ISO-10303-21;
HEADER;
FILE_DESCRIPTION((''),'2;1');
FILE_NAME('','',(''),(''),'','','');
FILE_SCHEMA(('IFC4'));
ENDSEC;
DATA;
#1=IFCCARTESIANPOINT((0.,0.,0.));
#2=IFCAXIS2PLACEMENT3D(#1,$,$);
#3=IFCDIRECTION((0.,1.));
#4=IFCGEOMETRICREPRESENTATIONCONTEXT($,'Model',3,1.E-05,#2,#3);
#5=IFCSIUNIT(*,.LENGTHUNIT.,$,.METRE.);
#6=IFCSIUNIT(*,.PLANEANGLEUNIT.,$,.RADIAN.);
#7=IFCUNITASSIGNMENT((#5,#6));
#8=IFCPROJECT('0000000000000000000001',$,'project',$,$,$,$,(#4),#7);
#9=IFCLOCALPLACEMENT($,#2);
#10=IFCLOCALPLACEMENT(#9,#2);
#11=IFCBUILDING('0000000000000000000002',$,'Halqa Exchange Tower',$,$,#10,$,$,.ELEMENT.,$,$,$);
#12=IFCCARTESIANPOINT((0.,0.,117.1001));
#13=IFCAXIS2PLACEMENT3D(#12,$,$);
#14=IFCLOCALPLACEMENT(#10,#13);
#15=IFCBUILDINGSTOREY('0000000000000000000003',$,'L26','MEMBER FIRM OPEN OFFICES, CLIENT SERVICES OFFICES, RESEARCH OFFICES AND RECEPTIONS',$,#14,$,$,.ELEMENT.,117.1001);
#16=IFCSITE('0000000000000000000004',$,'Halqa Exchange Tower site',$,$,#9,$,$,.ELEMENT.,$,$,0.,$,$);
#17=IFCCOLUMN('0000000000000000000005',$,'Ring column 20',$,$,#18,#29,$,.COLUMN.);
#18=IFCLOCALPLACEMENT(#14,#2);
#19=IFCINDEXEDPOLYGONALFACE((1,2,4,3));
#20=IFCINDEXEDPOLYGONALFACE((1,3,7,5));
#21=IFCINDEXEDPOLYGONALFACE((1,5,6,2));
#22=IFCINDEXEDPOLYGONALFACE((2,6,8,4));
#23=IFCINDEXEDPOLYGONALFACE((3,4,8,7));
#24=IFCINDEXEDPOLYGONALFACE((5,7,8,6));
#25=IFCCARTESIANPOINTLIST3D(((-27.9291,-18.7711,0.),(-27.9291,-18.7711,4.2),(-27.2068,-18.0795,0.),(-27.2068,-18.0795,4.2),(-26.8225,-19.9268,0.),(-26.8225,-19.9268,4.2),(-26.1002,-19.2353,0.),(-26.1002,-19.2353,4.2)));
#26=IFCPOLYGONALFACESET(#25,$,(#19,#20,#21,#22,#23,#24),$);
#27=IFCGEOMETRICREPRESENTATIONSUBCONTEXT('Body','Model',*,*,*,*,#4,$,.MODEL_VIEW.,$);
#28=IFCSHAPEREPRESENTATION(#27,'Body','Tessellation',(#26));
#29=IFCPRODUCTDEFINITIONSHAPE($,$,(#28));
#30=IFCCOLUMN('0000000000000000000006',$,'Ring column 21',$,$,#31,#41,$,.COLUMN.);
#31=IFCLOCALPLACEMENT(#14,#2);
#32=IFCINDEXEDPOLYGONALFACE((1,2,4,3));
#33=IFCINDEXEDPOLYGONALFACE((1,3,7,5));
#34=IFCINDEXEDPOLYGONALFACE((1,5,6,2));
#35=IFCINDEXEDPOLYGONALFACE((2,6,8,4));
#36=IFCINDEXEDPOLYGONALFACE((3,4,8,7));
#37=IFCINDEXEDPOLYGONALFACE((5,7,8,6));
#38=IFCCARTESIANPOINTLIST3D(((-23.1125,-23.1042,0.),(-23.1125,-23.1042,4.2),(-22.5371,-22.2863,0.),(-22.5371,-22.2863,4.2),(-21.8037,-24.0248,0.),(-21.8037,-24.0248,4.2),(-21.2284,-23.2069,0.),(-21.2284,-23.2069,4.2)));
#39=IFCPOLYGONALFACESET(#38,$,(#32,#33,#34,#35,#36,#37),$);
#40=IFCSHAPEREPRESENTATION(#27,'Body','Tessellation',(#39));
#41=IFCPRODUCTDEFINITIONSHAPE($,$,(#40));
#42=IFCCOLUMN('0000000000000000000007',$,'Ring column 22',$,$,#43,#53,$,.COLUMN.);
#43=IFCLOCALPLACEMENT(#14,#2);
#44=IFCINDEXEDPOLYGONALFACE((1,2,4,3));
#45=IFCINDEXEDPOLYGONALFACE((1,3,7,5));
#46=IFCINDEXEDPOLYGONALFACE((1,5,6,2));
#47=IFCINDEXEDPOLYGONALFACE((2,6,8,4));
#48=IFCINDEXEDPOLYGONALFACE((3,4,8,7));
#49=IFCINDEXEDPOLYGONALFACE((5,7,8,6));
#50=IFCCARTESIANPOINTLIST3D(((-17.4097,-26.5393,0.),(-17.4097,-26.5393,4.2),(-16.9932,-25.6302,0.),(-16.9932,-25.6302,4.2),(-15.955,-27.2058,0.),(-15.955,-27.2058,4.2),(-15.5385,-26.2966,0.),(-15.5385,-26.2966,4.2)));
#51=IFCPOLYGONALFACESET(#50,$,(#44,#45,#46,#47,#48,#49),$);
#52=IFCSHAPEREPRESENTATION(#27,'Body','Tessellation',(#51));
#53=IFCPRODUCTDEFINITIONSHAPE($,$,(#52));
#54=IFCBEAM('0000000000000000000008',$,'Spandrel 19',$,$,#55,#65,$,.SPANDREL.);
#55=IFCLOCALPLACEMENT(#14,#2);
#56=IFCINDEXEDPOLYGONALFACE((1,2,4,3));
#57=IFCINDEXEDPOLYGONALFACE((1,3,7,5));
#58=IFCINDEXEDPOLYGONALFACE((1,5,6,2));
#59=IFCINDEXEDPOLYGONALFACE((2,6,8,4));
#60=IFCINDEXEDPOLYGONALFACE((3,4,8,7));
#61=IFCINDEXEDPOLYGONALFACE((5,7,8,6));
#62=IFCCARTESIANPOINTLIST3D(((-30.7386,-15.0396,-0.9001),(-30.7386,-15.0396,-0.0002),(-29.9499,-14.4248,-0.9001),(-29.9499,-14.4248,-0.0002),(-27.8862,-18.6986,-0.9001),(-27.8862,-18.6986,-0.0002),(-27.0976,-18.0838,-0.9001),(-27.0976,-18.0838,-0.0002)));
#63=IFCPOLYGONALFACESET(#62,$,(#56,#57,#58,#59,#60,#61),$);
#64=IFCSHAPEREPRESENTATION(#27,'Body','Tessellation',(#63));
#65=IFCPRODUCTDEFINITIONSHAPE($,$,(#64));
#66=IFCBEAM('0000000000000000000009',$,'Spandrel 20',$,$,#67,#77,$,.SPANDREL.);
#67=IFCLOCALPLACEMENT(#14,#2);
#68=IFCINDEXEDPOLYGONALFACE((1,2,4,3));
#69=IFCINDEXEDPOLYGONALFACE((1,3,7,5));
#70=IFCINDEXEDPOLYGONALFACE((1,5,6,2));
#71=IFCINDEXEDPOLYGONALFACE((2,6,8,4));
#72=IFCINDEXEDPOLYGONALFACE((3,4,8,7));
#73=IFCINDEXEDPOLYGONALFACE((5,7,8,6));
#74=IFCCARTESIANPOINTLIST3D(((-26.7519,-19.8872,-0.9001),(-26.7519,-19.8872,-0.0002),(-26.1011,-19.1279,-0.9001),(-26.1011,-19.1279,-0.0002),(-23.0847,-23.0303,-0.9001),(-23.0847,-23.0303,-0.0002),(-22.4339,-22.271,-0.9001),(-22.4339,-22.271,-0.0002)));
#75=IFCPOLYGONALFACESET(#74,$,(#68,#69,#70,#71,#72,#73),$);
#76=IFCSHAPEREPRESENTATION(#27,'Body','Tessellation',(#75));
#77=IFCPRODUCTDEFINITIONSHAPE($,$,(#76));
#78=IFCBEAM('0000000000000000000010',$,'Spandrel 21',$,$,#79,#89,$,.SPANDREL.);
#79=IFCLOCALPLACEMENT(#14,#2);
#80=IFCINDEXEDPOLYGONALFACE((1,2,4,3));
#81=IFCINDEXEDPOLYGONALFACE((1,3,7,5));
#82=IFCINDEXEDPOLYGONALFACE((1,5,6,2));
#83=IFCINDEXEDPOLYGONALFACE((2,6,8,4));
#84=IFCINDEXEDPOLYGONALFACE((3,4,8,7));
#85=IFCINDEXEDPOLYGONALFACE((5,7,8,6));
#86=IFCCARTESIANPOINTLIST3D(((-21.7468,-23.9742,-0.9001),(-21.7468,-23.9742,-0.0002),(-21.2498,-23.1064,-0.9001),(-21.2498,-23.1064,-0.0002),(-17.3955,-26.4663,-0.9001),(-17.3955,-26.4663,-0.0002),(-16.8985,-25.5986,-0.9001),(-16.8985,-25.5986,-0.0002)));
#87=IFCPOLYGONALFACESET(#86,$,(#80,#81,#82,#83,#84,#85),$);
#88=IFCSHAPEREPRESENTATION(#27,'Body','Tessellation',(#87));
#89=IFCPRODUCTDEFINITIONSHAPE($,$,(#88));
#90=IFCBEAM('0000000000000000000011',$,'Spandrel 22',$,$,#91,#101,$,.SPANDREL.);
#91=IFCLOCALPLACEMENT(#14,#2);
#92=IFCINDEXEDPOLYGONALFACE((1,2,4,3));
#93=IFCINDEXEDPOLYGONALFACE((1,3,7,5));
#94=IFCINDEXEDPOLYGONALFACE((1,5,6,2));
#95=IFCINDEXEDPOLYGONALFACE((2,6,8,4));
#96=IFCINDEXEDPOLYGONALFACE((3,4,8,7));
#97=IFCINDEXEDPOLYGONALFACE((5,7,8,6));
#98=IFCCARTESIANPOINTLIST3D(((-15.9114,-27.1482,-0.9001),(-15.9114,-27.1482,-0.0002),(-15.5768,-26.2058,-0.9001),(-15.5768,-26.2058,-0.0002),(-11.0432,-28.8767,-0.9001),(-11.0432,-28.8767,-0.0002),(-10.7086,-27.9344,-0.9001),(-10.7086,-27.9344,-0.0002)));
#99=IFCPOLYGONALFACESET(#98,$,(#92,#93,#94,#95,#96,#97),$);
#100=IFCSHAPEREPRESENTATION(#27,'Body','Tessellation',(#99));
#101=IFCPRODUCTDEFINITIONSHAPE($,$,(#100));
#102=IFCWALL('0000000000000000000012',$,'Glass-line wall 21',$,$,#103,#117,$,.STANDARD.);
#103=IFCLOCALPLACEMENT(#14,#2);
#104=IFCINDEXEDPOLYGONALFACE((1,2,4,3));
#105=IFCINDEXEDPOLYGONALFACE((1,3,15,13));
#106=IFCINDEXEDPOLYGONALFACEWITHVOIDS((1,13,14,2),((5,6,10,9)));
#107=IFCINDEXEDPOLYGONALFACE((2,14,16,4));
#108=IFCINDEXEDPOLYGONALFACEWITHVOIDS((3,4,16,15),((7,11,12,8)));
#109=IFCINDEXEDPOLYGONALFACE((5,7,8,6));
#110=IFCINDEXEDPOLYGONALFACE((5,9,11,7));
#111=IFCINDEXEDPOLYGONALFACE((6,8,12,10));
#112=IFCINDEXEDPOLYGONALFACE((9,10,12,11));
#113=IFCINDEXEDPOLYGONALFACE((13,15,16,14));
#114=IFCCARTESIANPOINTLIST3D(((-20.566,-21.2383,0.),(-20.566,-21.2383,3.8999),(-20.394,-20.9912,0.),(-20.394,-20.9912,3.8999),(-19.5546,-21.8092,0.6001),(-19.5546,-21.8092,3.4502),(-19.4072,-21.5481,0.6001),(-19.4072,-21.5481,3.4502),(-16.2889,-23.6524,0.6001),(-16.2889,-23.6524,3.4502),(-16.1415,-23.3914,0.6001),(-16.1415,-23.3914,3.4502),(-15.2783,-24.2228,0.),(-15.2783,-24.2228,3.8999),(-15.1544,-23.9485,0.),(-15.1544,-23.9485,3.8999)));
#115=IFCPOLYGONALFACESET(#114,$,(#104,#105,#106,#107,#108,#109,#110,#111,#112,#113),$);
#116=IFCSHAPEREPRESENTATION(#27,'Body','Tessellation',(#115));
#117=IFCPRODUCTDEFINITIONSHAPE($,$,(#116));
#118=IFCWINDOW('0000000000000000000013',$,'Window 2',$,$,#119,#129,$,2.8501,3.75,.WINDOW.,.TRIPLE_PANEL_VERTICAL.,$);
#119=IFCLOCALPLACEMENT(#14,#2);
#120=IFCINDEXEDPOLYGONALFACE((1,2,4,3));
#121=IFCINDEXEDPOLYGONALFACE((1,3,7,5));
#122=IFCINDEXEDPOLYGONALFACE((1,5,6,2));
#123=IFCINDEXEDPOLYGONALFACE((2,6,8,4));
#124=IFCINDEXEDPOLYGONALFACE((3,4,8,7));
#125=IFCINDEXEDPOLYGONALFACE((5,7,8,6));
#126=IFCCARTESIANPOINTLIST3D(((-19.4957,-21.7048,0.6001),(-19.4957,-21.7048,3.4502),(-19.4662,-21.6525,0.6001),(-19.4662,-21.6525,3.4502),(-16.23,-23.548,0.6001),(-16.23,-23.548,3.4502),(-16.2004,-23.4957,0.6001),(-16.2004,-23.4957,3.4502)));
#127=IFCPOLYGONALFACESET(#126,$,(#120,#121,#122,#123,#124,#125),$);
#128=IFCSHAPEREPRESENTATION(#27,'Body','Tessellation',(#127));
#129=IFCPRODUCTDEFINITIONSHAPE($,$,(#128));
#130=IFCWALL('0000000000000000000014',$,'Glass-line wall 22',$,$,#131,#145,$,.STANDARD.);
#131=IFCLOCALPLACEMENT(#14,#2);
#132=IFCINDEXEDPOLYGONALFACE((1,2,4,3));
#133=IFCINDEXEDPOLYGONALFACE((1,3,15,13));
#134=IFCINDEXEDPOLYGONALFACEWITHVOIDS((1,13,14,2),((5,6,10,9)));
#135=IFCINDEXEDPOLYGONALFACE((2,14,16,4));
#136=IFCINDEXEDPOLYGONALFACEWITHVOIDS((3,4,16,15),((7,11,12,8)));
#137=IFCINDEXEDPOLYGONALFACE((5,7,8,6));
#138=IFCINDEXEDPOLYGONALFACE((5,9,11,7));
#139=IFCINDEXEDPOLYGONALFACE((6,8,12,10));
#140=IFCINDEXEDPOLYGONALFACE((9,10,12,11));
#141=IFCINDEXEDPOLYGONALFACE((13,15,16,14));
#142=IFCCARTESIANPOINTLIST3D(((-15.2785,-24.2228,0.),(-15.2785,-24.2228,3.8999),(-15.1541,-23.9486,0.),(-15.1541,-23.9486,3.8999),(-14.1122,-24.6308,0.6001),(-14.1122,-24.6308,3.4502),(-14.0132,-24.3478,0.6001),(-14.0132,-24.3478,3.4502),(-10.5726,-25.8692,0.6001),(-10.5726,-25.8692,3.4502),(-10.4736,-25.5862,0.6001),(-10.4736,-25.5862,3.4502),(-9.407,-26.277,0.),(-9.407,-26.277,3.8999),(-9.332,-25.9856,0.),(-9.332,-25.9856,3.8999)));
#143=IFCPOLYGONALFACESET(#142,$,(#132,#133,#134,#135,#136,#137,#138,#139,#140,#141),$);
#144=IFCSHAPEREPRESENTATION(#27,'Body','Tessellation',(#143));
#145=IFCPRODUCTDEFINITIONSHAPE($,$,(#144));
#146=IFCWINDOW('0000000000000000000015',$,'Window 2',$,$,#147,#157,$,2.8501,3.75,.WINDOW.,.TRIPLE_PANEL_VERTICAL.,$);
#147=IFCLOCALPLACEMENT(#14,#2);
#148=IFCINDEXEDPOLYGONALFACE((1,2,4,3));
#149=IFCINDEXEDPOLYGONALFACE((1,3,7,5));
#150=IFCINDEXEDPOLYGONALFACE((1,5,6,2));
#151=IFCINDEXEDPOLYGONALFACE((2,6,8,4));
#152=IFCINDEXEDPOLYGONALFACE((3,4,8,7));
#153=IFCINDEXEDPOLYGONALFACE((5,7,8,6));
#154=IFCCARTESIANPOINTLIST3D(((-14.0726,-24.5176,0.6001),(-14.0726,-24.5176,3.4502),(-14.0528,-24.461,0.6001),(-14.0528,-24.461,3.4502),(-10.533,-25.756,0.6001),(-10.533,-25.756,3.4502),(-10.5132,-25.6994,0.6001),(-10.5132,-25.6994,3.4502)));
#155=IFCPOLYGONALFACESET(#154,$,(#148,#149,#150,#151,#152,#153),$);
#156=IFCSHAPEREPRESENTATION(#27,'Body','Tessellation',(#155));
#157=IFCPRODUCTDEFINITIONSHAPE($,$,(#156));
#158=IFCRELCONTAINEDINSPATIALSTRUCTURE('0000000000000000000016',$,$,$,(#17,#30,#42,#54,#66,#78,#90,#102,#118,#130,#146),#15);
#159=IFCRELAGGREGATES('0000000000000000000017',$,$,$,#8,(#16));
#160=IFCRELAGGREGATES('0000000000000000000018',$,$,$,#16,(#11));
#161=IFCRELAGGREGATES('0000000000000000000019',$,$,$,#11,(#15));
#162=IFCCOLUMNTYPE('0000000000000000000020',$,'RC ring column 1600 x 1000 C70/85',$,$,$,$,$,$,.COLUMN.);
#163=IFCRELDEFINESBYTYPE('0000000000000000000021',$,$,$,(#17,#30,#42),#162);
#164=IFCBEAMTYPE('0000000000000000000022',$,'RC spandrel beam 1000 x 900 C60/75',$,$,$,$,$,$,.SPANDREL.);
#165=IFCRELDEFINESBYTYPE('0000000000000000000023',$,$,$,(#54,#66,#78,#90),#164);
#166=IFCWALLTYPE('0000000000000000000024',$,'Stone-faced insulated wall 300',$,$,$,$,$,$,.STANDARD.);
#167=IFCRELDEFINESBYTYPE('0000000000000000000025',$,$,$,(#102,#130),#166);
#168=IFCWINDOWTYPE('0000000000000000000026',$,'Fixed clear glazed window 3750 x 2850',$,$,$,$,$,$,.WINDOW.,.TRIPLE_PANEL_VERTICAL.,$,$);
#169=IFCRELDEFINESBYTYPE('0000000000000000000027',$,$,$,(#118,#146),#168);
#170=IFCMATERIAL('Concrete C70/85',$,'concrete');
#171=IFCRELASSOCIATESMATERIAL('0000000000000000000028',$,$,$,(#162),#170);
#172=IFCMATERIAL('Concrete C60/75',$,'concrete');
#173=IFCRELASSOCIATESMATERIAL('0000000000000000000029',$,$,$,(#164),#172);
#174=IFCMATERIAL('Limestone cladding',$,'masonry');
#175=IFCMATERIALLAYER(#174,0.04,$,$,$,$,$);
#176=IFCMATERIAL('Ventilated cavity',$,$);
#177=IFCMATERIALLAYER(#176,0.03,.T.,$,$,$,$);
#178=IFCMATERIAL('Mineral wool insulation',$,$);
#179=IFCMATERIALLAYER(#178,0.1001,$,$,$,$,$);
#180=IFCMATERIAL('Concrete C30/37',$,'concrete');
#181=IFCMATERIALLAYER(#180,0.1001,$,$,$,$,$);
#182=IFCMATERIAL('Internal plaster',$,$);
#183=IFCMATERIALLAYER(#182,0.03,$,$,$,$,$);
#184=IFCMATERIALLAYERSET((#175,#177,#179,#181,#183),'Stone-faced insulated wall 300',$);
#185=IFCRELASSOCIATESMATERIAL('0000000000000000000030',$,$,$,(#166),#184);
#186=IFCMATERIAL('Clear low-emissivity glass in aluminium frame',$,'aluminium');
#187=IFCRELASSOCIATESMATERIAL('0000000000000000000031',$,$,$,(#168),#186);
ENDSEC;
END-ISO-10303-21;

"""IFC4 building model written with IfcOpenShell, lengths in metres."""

from ifc_helpers import new_model, si_unit, direction, frame, frame_2d, origin, origin_2d, place, context, subcontext, project, spatial, polyline, rectangle, outline, extrude, material, layer, layer_set, material_profile, profile_set, type_object, element, fill, save


model = new_model("IFC4")

# Units and contexts
model_context = context("Model", 3, precision=1e-05, world=origin(), true_north=direction((0.0, 1.0)))
body_context = subcontext(model_context, "Body", "Model", "MODEL_VIEW")
ifc_project = project(units=[si_unit("LENGTHUNIT", "METRE"), si_unit("PLANEANGLEUNIT", "RADIAN")], contexts=[model_context])

# Site, building, storey
site_placement = place(None, origin())
site = spatial("IfcSite", under=ifc_project, at=site_placement, Name="Halqa Exchange Tower site", CompositionType="ELEMENT", RefElevation=0.0)
building_placement = place(site_placement, origin())
building = spatial("IfcBuilding", under=site, at=building_placement, Name="Halqa Exchange Tower", CompositionType="ELEMENT")
storey_placement = place(building_placement, frame((0.0, 0.0, 117.1001)))
storey = spatial("IfcBuildingStorey", under=building, at=storey_placement, Name="L26", Description="MEMBER FIRM OPEN OFFICES, CLIENT SERVICES OFFICES, RESEARCH OFFICES AND RECEPTIONS", CompositionType="ELEMENT", Elevation=117.1001)

# Columns
ifc_material_1 = material(Name="Concrete C70/85", Category="concrete")
ifc_material_profile_1 = material_profile(ifc_material_1, rectangle(XDim=1.6001, YDim=1.0, at=origin_2d()), Name="1600 x 1000")
ifc_profile_set_1 = profile_set([ifc_material_profile_1], Name="Concrete C70/85")
column_type = type_object("IfcColumnType", Name="RC ring column 1600 x 1000 C70/85", PredefinedType="COLUMN", material=ifc_profile_set_1)
for number, where, z_axis, x_axis, name in (
    (1, (-27.0146, -19.0032, 0.0), (0.0, 0.0, 1.0), (0.691574, -0.722306, 0.0), "Ring column 20"),
    (2, (-22.1704, -23.1555, 0.0), (0.0, 0.0, 1.0), (0.817907, -0.575351, 0.0), "Ring column 21"),
    (3, (-16.4741, -26.418, 0.0), (0.0, 0.0, 1.0), (0.909127, -0.416519, 0.0), "Ring column 22"),
):
    element("IfcColumn", number, at=place(storey_placement, frame(where, z_axis=z_axis, x_axis=x_axis)), inside=storey, type_object=column_type, Name=name, PredefinedType="COLUMN", context=body_context, shape_type="SweptSolid", body=[
        extrude(rectangle(XDim=1.6001, YDim=1.0, at=origin_2d()), origin(), (0.0, 0.0, 1.0), 4.2),
    ])

# Beams
ifc_material_2 = material(Name="Concrete C60/75", Category="concrete")
ifc_material_profile_2 = material_profile(ifc_material_2, rectangle(XDim=1.0, YDim=0.8999, at=origin_2d()), Name="1000 x 900")
ifc_profile_set_2 = profile_set([ifc_material_profile_2], Name="Concrete C60/75")
beam_type = type_object("IfcBeamType", Name="RC spandrel beam 1000 x 900 C60/75", PredefinedType="SPANDREL", material=ifc_profile_set_2)
beam_1_placement = place(storey_placement, frame((-30.3442, -14.7322, -0.4502), z_axis=(0.614807, -0.788677, 0.0), x_axis=(0.788677, 0.614807, 0.0)))
element("IfcBeam", 4, at=beam_1_placement, inside=storey, type_object=beam_type, Name="Spandrel 19", PredefinedType="SPANDREL", context=body_context, shape_type="SweptSolid", body=[
    extrude(rectangle(XDim=1.0, YDim=0.8999, at=origin_2d()), origin(), (0.0, 0.0, 1.0), 4.6394),
])
beam_2_placement = place(storey_placement, frame((-26.4265, -19.5076, -0.4502), z_axis=(0.759285, -0.650758, 0.0), x_axis=(0.650758, 0.759285, 0.0)))
element("IfcBeam", 5, at=beam_2_placement, inside=storey, type_object=beam_type, Name="Spandrel 20", PredefinedType="SPANDREL", context=body_context, shape_type="SweptSolid", body=[
    extrude(rectangle(XDim=1.0, YDim=0.8999, at=origin_2d()), origin(), (0.0, 0.0, 1.0), 4.8298),
])
beam_3_placement = place(storey_placement, frame((-21.4983, -23.5403, -0.4502), z_axis=(0.867751, -0.496999, 0.0), x_axis=(0.496999, 0.867751, 0.0)))
element("IfcBeam", 6, at=beam_3_placement, inside=storey, type_object=beam_type, Name="Spandrel 21", PredefinedType="SPANDREL", context=body_context, shape_type="SweptSolid", body=[
    extrude(rectangle(XDim=1.0, YDim=0.8999, at=origin_2d()), origin(), (0.0, 0.0, 1.0), 5.0144),
])
beam_4_placement = place(storey_placement, frame((-15.7441, -26.677, -0.4502), z_axis=(0.94236, -0.334599, 0.0), x_axis=(0.334599, 0.94236, 0.0)))
element("IfcBeam", 7, at=beam_4_placement, inside=storey, type_object=beam_type, Name="Spandrel 22", PredefinedType="SPANDREL", context=body_context, shape_type="SweptSolid", body=[
    extrude(rectangle(XDim=1.0, YDim=0.8999, at=origin_2d()), origin(), (0.0, 0.0, 1.0), 5.166),
])

# Shared definitions
ifc_material_3 = material(Name="Limestone cladding", Category="masonry")
ifc_layer_1 = layer(ifc_material_3, 0.04)
ifc_material_4 = material(Name="Ventilated cavity")
ifc_layer_2 = layer(ifc_material_4, 0.03, ventilated=True)
ifc_material_5 = material(Name="Mineral wool insulation")
ifc_layer_3 = layer(ifc_material_5, 0.1001)
ifc_material_6 = material(Name="Concrete C30/37", Category="concrete")
ifc_layer_4 = layer(ifc_material_6, 0.1001)
ifc_material_7 = material(Name="Internal plaster")
ifc_layer_5 = layer(ifc_material_7, 0.03)
ifc_layer_set_1 = layer_set([ifc_layer_1, ifc_layer_2, ifc_layer_3, ifc_layer_4, ifc_layer_5], Name="Stone-faced insulated wall 300")
wall_type_1 = type_object("IfcWallType", Name="Stone-faced insulated wall 300", PredefinedType="STANDARD", material=ifc_layer_set_1)
ifc_material_8 = material(Name="Clear low-emissivity glass in aluminium frame", Category="aluminium")

# Walls, openings, windows
wall_1_placement = place(storey_placement, frame((-20.48, -21.1147, 0.0), z_axis=(0.0, 0.0, 1.0), x_axis=(0.870858, -0.491534, 0.0)))
wall_1 = element("IfcWall", 8, at=wall_1_placement, inside=storey, type_object=wall_type_1, Name="Glass-line wall 21", PredefinedType="STANDARD", context=body_context, shape_type="SweptSolid", body=[
    extrude(outline(polyline([(-0.0142, -0.1499), (6.0576, -0.1499), (6.0308, 0.1499), (0.0142, 0.1499), (-0.0142, -0.1499)])), origin(), (0.0, 0.0, 1.0), 3.8999),
])
opening_1_placement = place(wall_1_placement, frame((1.1472, 0.0, 0.6001)))
opening_1 = element("IfcOpeningElement", 9, at=opening_1_placement, cuts=wall_1, PredefinedType="OPENING", context=body_context, shape_type="SweptSolid", body=[
    extrude(rectangle(XDim=3.75, YDim=2.8501, at=frame_2d((1.875, 1.425))), frame((0.0, 0.1621, 0.0), z_axis=(0.0, -1.0, 0.0), x_axis=(1.0, 0.0, 0.0)), (0.0, 0.0, 1.0), 0.324),
])
window_type = type_object("IfcWindowType", Name="Fixed clear glazed window 3750 x 2850", PartitioningType="TRIPLE_PANEL_VERTICAL", PredefinedType="WINDOW", material=ifc_material_8)
window_1_placement = place(opening_1_placement, origin())
window_1 = element("IfcWindow", 10, at=window_1_placement, inside=storey, type_object=window_type, Name="Window 2", OverallHeight=2.8501, OverallWidth=3.75, PartitioningType="TRIPLE_PANEL_VERTICAL", PredefinedType="WINDOW", context=body_context, shape_type="SweptSolid", body=[
    extrude(rectangle(XDim=3.75, YDim=2.8501, at=frame_2d((1.875, 1.425))), frame((0.0, 0.03, 0.0), z_axis=(0.0, -1.0, 0.0), x_axis=(1.0, 0.0, 0.0)), (0.0, 0.0, 1.0), 0.0601),
])
fill(opening_1, window_1)
wall_2_placement = place(storey_placement, frame((-15.2163, -24.0857, 0.0), z_axis=(0.0, 0.0, 1.0), x_axis=(0.943897, -0.33024, 0.0)))
wall_2 = element("IfcWall", 11, at=wall_2_placement, inside=storey, type_object=wall_type_1, Name="Glass-line wall 22", PredefinedType="STANDARD", context=body_context, shape_type="SweptSolid", body=[
    extrude(outline(polyline([(-0.0134, -0.1499), (6.207, -0.1499), (6.1816, 0.1499), (0.0134, 0.1499), (-0.0134, -0.1499)])), origin(), (0.0, 0.0, 1.0), 3.8999),
])
opening_2_placement = place(wall_2_placement, frame((1.2222, 0.0, 0.6001)))
opening_2 = element("IfcOpeningElement", 12, at=opening_2_placement, cuts=wall_2, PredefinedType="OPENING", context=body_context, shape_type="SweptSolid", body=[
    extrude(rectangle(XDim=3.75, YDim=2.8501, at=frame_2d((1.875, 1.425))), frame((0.0, 0.1621, 0.0), z_axis=(0.0, -1.0, 0.0), x_axis=(1.0, 0.0, 0.0)), (0.0, 0.0, 1.0), 0.324),
])
window_2_placement = place(opening_2_placement, origin())
window_2 = element("IfcWindow", 13, at=window_2_placement, inside=storey, type_object=window_type, Name="Window 2", OverallHeight=2.8501, OverallWidth=3.75, PartitioningType="TRIPLE_PANEL_VERTICAL", PredefinedType="WINDOW", context=body_context, shape_type="SweptSolid", body=[
    extrude(rectangle(XDim=3.75, YDim=2.8501, at=frame_2d((1.875, 1.425))), frame((0.0, 0.03, 0.0), z_axis=(0.0, -1.0, 0.0), x_axis=(1.0, 0.0, 0.0)), (0.0, 0.0, 1.0), 0.0601),
])
fill(opening_2, window_2)

save(model, "model.ifc")
